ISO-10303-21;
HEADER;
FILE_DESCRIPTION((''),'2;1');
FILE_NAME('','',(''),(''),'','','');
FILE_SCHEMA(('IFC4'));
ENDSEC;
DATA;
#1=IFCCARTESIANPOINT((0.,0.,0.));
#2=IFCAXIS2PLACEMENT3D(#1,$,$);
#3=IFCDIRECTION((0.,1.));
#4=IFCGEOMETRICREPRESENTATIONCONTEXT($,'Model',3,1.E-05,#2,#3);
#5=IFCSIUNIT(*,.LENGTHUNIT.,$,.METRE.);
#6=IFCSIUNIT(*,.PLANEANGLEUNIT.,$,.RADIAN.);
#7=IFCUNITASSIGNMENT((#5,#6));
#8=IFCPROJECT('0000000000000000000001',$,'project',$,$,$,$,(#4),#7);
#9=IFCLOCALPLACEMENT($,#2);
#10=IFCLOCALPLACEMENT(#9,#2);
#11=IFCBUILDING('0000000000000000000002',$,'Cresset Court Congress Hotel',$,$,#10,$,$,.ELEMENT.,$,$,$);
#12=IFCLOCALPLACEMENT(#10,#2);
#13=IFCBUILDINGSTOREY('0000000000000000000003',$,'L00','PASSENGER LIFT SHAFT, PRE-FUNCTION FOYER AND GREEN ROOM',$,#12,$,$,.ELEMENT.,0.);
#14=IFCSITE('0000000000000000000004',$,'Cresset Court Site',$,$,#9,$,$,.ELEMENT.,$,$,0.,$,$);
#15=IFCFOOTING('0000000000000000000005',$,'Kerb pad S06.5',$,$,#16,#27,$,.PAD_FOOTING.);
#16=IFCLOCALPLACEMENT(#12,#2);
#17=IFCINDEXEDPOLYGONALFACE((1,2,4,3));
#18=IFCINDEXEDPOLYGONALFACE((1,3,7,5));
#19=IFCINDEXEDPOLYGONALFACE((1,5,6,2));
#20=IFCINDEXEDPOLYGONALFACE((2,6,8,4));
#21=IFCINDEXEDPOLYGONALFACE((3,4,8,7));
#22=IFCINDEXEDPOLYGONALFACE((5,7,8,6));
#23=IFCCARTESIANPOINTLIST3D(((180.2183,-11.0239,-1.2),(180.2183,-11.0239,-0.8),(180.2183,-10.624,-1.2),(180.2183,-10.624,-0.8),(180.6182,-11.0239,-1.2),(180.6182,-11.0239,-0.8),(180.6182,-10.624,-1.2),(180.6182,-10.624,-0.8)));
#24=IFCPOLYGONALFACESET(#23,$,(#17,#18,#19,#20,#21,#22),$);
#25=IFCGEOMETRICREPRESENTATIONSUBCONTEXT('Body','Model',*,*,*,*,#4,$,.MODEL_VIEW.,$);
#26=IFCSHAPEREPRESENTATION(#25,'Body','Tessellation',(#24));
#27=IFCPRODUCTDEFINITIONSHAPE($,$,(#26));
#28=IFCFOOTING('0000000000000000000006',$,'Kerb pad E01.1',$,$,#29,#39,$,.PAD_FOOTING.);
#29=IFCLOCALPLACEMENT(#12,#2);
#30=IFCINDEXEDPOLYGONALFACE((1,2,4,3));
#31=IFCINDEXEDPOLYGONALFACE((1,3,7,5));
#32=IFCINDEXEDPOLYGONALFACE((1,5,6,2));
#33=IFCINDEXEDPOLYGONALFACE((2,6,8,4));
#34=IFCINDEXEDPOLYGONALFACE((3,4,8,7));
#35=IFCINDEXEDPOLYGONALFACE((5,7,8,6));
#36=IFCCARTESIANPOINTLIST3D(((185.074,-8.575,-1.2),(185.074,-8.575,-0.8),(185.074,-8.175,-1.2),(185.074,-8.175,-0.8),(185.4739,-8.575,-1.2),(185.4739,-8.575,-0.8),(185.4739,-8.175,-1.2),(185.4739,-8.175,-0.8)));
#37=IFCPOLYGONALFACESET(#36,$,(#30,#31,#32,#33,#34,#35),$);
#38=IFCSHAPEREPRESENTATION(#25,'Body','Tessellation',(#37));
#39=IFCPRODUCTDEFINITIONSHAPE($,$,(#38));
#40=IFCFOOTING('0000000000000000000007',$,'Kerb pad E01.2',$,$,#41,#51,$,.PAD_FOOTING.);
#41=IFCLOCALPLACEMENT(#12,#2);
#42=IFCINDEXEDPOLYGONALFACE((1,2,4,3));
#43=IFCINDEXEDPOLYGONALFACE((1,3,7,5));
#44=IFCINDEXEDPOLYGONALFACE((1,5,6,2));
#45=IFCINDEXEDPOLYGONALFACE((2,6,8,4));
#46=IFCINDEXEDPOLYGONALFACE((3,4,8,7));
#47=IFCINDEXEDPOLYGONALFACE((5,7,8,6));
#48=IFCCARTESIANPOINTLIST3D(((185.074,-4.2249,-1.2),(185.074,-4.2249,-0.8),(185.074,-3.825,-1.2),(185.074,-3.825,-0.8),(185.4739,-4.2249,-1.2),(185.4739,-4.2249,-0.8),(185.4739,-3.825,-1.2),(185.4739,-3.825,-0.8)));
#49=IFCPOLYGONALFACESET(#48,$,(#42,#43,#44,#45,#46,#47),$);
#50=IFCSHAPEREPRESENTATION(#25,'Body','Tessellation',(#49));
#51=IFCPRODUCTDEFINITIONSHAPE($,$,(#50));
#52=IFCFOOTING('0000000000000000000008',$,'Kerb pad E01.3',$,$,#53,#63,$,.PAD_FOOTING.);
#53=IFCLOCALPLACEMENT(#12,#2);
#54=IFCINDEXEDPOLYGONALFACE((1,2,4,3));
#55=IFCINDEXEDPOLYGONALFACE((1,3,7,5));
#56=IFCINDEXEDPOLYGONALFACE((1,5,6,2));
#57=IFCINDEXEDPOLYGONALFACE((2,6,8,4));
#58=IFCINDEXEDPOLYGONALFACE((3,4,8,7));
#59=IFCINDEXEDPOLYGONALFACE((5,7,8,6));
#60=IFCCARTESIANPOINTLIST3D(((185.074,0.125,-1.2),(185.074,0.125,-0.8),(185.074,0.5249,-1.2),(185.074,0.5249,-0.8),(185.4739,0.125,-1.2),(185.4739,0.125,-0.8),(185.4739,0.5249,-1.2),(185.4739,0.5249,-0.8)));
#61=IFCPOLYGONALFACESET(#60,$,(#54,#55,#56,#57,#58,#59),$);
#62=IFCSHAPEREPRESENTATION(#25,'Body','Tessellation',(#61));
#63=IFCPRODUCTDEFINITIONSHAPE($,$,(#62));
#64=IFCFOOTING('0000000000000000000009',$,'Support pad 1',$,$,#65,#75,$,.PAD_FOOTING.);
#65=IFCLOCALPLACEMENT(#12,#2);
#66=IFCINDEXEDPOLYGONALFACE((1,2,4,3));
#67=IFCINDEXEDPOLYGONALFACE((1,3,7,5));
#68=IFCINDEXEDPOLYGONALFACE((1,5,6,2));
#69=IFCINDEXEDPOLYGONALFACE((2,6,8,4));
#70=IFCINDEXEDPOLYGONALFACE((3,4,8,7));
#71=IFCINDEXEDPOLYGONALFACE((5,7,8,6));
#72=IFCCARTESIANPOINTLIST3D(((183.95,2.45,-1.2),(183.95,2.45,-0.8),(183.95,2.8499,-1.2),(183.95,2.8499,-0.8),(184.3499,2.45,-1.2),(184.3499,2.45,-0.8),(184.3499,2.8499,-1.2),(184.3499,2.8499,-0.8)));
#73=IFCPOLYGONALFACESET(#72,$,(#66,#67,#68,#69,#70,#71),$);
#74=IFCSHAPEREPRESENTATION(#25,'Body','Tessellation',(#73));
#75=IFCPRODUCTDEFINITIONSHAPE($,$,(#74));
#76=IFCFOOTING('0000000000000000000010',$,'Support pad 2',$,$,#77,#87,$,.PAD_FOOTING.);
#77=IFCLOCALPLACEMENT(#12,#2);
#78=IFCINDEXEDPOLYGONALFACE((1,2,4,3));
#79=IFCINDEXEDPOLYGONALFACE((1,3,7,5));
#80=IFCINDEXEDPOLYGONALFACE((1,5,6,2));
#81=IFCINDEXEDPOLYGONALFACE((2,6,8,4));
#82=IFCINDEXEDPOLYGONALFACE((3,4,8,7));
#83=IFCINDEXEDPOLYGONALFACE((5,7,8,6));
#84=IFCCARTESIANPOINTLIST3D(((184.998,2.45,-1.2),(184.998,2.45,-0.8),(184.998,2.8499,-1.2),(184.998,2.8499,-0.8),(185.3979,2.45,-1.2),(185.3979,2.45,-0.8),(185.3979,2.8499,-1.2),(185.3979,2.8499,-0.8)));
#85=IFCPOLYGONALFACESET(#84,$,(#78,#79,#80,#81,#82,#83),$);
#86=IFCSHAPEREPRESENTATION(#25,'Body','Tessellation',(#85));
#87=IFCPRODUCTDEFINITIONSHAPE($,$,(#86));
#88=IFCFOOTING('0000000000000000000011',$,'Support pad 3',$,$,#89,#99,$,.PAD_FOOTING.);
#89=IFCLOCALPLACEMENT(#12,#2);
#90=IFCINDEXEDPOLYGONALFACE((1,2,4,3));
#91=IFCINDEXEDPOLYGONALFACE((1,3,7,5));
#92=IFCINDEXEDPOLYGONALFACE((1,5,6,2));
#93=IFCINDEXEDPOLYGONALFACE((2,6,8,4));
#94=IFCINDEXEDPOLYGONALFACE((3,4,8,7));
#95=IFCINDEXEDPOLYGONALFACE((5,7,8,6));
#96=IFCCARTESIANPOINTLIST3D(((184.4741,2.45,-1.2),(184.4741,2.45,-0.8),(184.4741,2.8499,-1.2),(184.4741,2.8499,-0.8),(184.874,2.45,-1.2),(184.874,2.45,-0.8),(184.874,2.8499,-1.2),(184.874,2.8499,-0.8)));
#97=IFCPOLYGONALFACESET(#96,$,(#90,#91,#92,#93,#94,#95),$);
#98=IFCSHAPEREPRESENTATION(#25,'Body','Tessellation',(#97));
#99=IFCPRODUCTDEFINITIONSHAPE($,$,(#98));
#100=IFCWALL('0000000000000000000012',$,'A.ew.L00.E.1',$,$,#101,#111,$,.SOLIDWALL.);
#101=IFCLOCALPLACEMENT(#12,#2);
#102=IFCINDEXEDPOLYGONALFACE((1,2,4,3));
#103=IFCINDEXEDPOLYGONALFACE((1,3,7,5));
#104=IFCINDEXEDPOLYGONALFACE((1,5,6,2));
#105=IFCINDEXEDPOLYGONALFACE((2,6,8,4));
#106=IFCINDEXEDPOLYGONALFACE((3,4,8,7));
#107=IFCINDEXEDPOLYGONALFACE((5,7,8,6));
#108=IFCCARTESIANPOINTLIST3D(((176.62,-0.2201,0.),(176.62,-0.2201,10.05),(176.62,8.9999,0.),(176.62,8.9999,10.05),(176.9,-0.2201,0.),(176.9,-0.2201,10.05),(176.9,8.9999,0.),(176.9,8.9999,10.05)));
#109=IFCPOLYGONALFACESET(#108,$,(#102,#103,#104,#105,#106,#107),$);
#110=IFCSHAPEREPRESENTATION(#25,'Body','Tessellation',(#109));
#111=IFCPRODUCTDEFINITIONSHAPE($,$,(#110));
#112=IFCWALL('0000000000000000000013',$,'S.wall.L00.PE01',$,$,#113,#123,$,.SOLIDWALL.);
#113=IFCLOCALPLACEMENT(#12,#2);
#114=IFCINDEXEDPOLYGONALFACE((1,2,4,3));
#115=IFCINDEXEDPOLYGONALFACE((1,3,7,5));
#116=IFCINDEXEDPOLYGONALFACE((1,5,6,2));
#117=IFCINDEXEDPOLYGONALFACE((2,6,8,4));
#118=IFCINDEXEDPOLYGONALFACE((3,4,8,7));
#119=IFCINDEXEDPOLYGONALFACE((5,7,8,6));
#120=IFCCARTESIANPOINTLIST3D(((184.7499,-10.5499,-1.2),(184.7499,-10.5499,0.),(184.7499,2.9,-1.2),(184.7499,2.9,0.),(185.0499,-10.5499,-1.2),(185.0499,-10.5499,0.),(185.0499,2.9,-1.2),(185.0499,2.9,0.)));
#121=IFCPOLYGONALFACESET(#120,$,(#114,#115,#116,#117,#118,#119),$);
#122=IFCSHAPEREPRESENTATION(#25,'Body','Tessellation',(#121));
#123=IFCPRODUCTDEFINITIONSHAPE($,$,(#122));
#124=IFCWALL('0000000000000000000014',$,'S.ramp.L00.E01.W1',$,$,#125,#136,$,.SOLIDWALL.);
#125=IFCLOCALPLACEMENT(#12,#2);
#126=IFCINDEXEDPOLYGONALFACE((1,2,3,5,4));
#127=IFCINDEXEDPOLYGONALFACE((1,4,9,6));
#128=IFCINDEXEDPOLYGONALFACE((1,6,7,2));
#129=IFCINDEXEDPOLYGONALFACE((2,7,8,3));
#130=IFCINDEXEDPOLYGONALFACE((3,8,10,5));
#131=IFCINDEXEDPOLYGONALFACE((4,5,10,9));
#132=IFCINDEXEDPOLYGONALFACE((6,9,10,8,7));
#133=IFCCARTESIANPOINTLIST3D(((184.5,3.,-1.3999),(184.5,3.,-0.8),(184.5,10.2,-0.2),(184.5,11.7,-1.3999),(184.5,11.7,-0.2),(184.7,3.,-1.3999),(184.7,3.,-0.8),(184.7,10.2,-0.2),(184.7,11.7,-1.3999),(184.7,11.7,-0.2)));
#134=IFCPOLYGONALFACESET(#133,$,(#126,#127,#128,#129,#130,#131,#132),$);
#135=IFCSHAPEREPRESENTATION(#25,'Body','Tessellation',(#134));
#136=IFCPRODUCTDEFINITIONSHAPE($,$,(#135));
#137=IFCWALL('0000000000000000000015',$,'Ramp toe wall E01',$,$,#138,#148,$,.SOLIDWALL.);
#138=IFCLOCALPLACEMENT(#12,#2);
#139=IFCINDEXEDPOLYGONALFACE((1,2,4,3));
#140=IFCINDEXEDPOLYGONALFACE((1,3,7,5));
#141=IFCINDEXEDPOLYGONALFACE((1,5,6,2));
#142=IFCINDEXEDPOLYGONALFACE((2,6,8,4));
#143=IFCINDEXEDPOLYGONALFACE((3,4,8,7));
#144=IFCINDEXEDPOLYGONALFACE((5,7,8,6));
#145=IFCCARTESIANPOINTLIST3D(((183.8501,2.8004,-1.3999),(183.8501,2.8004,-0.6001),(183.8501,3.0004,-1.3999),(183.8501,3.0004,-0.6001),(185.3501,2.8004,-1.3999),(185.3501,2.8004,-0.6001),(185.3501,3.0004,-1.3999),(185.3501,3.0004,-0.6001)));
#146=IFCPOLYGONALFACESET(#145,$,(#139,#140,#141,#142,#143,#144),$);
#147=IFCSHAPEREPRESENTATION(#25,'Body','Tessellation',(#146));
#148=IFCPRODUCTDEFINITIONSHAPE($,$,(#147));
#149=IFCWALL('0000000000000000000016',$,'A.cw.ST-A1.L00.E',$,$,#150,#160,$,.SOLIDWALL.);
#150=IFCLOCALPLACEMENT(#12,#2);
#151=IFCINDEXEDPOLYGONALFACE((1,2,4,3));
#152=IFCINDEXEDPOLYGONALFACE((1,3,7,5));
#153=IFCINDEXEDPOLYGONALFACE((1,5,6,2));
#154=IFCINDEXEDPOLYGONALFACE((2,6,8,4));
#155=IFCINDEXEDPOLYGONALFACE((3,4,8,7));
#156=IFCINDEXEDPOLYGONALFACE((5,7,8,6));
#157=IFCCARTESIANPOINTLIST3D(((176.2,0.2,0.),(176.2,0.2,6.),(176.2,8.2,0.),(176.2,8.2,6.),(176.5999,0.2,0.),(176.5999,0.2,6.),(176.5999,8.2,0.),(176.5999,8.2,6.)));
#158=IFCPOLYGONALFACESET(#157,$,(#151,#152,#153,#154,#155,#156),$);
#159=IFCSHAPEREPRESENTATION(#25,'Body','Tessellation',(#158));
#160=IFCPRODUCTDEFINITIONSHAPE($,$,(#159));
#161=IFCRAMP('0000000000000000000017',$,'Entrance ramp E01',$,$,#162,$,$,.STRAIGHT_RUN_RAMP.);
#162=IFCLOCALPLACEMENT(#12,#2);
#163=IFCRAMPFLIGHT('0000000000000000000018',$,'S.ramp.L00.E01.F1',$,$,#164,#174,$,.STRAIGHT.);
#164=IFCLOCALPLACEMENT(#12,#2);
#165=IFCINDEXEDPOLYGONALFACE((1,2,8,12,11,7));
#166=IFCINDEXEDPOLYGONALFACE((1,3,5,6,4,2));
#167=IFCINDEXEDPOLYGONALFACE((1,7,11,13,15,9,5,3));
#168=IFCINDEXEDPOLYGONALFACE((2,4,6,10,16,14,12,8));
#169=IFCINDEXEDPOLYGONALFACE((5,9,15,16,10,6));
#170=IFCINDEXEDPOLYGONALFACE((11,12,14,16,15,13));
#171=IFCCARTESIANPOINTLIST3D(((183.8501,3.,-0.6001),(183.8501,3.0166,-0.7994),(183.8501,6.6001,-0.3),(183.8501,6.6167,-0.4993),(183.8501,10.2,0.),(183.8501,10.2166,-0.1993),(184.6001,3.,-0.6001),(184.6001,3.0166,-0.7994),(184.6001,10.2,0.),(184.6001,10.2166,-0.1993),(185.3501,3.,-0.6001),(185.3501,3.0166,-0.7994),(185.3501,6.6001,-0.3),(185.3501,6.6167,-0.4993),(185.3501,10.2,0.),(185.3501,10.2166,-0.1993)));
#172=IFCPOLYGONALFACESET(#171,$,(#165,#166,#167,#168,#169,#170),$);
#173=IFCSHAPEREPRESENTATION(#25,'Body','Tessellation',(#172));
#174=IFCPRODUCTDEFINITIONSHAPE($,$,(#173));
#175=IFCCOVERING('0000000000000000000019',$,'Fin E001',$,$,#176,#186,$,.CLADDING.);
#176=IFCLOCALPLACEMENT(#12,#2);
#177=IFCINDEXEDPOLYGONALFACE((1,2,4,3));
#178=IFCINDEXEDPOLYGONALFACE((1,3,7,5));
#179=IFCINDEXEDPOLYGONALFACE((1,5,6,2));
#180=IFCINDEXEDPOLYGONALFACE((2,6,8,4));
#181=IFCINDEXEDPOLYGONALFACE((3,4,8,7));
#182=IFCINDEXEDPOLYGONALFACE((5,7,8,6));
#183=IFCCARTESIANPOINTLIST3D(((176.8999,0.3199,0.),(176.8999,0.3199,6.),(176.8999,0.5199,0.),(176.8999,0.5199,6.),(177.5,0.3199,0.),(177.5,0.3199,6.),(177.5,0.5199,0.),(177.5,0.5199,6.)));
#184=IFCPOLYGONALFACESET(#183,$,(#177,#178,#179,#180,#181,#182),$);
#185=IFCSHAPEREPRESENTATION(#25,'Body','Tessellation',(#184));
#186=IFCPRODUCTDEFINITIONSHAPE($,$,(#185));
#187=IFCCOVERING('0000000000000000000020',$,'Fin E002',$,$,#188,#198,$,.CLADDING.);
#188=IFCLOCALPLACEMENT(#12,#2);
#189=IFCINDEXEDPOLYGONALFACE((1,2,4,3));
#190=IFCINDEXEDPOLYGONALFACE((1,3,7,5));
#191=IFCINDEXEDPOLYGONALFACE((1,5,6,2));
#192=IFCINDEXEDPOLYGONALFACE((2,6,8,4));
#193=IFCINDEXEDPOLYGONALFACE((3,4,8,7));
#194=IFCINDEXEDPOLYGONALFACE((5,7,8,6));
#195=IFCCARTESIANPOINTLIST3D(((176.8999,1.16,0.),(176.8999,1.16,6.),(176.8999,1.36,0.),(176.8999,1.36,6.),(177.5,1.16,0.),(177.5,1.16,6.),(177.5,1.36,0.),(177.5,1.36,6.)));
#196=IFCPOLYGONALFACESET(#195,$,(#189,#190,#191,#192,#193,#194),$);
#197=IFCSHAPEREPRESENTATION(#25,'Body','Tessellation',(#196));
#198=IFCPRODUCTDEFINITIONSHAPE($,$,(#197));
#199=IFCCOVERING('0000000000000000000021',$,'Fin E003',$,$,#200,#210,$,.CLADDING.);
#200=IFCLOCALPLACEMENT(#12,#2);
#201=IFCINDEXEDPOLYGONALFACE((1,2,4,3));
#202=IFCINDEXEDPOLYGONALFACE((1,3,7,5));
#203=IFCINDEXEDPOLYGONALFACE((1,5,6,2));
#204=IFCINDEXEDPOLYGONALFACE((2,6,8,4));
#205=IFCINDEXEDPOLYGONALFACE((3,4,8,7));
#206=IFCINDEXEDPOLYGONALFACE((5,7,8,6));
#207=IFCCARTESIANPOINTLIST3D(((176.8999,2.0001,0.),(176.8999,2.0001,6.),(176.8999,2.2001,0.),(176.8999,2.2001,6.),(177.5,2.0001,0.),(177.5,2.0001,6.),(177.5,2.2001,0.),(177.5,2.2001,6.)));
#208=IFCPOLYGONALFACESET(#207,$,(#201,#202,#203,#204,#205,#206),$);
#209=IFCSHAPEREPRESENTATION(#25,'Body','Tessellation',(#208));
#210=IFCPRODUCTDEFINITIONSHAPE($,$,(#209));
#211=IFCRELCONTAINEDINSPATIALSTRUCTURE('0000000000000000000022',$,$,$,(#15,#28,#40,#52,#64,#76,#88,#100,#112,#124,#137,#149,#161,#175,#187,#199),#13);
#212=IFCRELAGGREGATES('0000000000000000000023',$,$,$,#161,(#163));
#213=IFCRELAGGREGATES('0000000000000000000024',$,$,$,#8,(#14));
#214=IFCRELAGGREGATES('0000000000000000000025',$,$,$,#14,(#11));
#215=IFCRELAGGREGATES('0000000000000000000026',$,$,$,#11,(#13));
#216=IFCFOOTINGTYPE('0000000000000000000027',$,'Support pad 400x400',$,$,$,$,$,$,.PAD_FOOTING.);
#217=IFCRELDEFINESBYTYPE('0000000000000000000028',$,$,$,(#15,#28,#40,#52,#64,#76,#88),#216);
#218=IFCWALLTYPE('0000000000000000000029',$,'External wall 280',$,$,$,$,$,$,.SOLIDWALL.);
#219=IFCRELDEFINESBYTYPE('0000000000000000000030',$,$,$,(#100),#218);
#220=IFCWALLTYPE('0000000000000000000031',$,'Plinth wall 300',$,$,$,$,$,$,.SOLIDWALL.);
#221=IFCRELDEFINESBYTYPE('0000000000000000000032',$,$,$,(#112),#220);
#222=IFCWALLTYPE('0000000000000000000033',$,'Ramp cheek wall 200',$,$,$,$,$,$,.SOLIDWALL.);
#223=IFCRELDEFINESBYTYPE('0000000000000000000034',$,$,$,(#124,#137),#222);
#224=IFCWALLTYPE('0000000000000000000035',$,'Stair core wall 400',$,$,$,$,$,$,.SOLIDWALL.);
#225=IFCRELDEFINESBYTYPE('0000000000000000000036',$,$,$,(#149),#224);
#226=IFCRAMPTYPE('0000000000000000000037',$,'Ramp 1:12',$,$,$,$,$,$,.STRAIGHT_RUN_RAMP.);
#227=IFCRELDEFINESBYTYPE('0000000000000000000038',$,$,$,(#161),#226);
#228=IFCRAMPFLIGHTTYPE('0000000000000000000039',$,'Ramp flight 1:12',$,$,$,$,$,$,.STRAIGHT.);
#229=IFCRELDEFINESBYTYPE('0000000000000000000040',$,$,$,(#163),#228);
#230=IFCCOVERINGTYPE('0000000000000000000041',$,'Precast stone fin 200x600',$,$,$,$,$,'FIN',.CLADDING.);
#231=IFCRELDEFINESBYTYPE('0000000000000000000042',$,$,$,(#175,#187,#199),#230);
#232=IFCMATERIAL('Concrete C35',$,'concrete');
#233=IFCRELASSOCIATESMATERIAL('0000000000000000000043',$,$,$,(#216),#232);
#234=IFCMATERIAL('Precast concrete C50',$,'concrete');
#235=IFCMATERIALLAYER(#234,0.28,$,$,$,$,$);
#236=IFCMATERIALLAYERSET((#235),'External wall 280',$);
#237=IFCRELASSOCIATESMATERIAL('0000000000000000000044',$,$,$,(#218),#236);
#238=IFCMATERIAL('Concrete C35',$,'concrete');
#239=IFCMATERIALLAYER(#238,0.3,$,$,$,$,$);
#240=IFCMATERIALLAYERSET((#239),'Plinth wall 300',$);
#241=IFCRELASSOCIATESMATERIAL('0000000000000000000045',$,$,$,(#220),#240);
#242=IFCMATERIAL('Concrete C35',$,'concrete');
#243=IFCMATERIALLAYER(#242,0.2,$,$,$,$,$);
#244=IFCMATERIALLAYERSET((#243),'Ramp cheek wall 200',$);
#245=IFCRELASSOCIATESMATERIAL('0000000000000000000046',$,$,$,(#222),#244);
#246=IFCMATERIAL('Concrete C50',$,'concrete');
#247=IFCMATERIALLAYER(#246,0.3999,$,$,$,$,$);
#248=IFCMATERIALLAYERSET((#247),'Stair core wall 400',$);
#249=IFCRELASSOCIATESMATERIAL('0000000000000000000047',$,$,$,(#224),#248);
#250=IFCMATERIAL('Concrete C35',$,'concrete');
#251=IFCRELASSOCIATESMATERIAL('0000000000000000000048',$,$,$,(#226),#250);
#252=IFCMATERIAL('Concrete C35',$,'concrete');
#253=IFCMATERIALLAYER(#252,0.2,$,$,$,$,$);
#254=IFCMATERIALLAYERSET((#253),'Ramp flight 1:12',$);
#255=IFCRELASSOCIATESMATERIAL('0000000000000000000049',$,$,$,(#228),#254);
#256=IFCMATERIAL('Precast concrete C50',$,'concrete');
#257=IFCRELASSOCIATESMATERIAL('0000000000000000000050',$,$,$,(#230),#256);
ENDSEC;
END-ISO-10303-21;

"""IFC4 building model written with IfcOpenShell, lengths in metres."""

from ifc_helpers import new_model, si_unit, direction, frame, frame_2d, origin, origin_2d, place, context, subcontext, project, spatial, polyline, rectangle, outline, extrude, material, layer, layer_set, type_object, element, aggregate, save


model = new_model("IFC4")

# Units and contexts
model_context = context("Model", 3, precision=1e-05, world=origin(), true_north=direction((0.0, 1.0)))
body_context = subcontext(model_context, "Body", "Model", "MODEL_VIEW")
ifc_project = project(units=[si_unit("LENGTHUNIT", "METRE"), si_unit("PLANEANGLEUNIT", "RADIAN")], contexts=[model_context])

# Site, building, storey
site_placement = place(None, origin())
site = spatial("IfcSite", under=ifc_project, at=site_placement, Name="Cresset Court Site", CompositionType="ELEMENT", RefElevation=0.0)
building_placement = place(site_placement, origin())
building = spatial("IfcBuilding", under=site, at=building_placement, Name="Cresset Court Congress Hotel", CompositionType="ELEMENT")
storey_placement = place(building_placement, origin())
storey = spatial("IfcBuildingStorey", under=building, at=storey_placement, Name="L00", Description="PASSENGER LIFT SHAFT, PRE-FUNCTION FOYER AND GREEN ROOM", CompositionType="ELEMENT", Elevation=0.0)

# Footings
ifc_material_1 = material(Name="Concrete C35", Category="concrete")
footing_type = type_object("IfcFootingType", Name="Support pad 400x400", PredefinedType="PAD_FOOTING", material=ifc_material_1)
for number, where, z_axis, x_axis, name in (
    (1, (180.4182, -10.824, -1.2), (0.0, 0.0, 1.0), (1.0, 0.0, 0.0), "Kerb pad S06.5"),
    (2, (185.2739, -8.375, -1.2), (0.0, 0.0, 1.0), (1.0, 0.0, 0.0), "Kerb pad E01.1"),
    (3, (185.2739, -4.0249, -1.2), (0.0, 0.0, 1.0), (1.0, 0.0, 0.0), "Kerb pad E01.2"),
    (4, (185.2739, 0.325, -1.2), (0.0, 0.0, 1.0), (1.0, 0.0, 0.0), "Kerb pad E01.3"),
    (5, (184.1499, 2.6499, -1.2), (0.0, 0.0, 1.0), (1.0, 0.0, 0.0), "Support pad 1"),
    (6, (185.198, 2.6499, -1.2), (0.0, 0.0, 1.0), (1.0, 0.0, 0.0), "Support pad 2"),
    (7, (184.6741, 2.6499, -1.2), (0.0, 0.0, 1.0), (1.0, 0.0, 0.0), "Support pad 3"),
):
    element("IfcFooting", number, at=place(storey_placement, frame(where, z_axis=z_axis, x_axis=x_axis)), inside=storey, type_object=footing_type, Name=name, PredefinedType="PAD_FOOTING", context=body_context, shape_type="SweptSolid", body=[
        extrude(rectangle(XDim=0.3999, YDim=0.3999, at=origin_2d()), origin(), (0.0, 0.0, 1.0), 0.3999),
    ])

# Walls
ifc_material_2 = material(Name="Precast concrete C50", Category="concrete")
ifc_layer_1 = layer(ifc_material_2, 0.28)
ifc_layer_set_1 = layer_set([ifc_layer_1], Name="External wall 280")
wall_type_1 = type_object("IfcWallType", Name="External wall 280", PredefinedType="SOLIDWALL", material=ifc_layer_set_1)
wall_1_placement = place(storey_placement, frame((176.76, -0.22, 0.0), z_axis=(0.0, 0.0, 1.0), x_axis=(0.0, 1.0, 0.0)))
element("IfcWall", 8, at=wall_1_placement, inside=storey, type_object=wall_type_1, Name="A.ew.L00.E.1", PredefinedType="SOLIDWALL", context=body_context, shape_type="SweptSolid", body=[
    extrude(rectangle(XDim=9.22, YDim=0.28, at=frame_2d((4.6099, 0.0))), origin(), (0.0, 0.0, 1.0), 10.05),
])
ifc_material_3 = material(Name="Concrete C35", Category="concrete")
ifc_layer_2 = layer(ifc_material_3, 0.3)
ifc_layer_set_2 = layer_set([ifc_layer_2], Name="Plinth wall 300")
wall_type_2 = type_object("IfcWallType", Name="Plinth wall 300", PredefinedType="SOLIDWALL", material=ifc_layer_set_2)
wall_2_placement = place(storey_placement, frame((184.8999, -10.55, -1.2), z_axis=(0.0, 0.0, 1.0), x_axis=(0.0, 1.0, 0.0)))
element("IfcWall", 9, at=wall_2_placement, inside=storey, type_object=wall_type_2, Name="S.wall.L00.PE01", PredefinedType="SOLIDWALL", context=body_context, shape_type="SweptSolid", body=[
    extrude(rectangle(XDim=13.45, YDim=0.3, at=frame_2d((6.7251, 0.0))), origin(), (0.0, 0.0, 1.0), 1.2),
])
ifc_material_4 = material(Name="Concrete C35", Category="concrete")
ifc_layer_3 = layer(ifc_material_4, 0.2)
ifc_layer_set_3 = layer_set([ifc_layer_3], Name="Ramp cheek wall 200")
wall_type_3 = type_object("IfcWallType", Name="Ramp cheek wall 200", PredefinedType="SOLIDWALL", material=ifc_layer_set_3)
wall_3_placement = place(storey_placement, frame((184.6001, 3.0, -1.3999), z_axis=(0.0, 0.0, 1.0), x_axis=(0.0, 1.0, 0.0)))
element("IfcWall", 10, at=wall_3_placement, inside=storey, type_object=wall_type_3, Name="S.ramp.L00.E01.W1", PredefinedType="SOLIDWALL", context=body_context, shape_type="SweptSolid", body=[
    extrude(outline(polyline([(0.0, 0.0), (8.7, 0.0), (8.7, 1.2), (7.2, 1.2), (0.0, 0.5999), (0.0, 0.0)])), frame((0.0, 0.1001, 0.0), z_axis=(0.0, -1.0, 0.0), x_axis=(1.0, 0.0, 0.0)), (0.0, 0.0, 1.0), 0.2),
])
wall_4_placement = place(storey_placement, frame((183.8501, 2.9004, -1.3999), z_axis=(0.0, 0.0, 1.0), x_axis=(1.0, 0.0, 0.0)))
element("IfcWall", 11, at=wall_4_placement, inside=storey, type_object=wall_type_3, Name="Ramp toe wall E01", PredefinedType="SOLIDWALL", context=body_context, shape_type="SweptSolid", body=[
    extrude(rectangle(XDim=1.5, YDim=0.2, at=frame_2d((0.75, 0.0))), origin(), (0.0, 0.0, 1.0), 0.7998),
])
ifc_material_5 = material(Name="Concrete C50", Category="concrete")
ifc_layer_4 = layer(ifc_material_5, 0.3999)
ifc_layer_set_4 = layer_set([ifc_layer_4], Name="Stair core wall 400")
wall_type_4 = type_object("IfcWallType", Name="Stair core wall 400", PredefinedType="SOLIDWALL", material=ifc_layer_set_4)
wall_5_placement = place(storey_placement, frame((176.3999, 0.2, 0.0), z_axis=(0.0, 0.0, 1.0), x_axis=(0.0, 1.0, 0.0)))
element("IfcWall", 12, at=wall_5_placement, inside=storey, type_object=wall_type_4, Name="A.cw.ST-A1.L00.E", PredefinedType="SOLIDWALL", context=body_context, shape_type="SweptSolid", body=[
    extrude(rectangle(XDim=8.0, YDim=0.3999, at=frame_2d((4.0, 0.0))), origin(), (0.0, 0.0, 1.0), 6.0),
])

# Ramp, ramp flight
ifc_material_6 = material(Name="Concrete C35", Category="concrete")
ramp_type = type_object("IfcRampType", Name="Ramp 1:12", PredefinedType="STRAIGHT_RUN_RAMP", material=ifc_material_6)
ramp_placement = place(storey_placement, origin())
ramp = element("IfcRamp", 13, at=ramp_placement, inside=storey, type_object=ramp_type, Name="Entrance ramp E01", PredefinedType="STRAIGHT_RUN_RAMP")
ifc_material_7 = material(Name="Concrete C35", Category="concrete")
ifc_layer_5 = layer(ifc_material_7, 0.2)
ifc_layer_set_5 = layer_set([ifc_layer_5], Name="Ramp flight 1:12")
ramp_flight_type = type_object("IfcRampFlightType", Name="Ramp flight 1:12", PredefinedType="STRAIGHT", material=ifc_layer_set_5)
ramp_flight_placement = place(storey_placement, frame((183.8501, 3.0, -0.6001), z_axis=(0.0, -0.083059, 0.996545), x_axis=(1.0, 0.0, 0.0)))
ramp_flight = element("IfcRampFlight", 14, at=ramp_flight_placement, type_object=ramp_flight_type, Name="S.ramp.L00.E01.F1", PredefinedType="STRAIGHT", context=body_context, shape_type="SweptSolid", body=[
    extrude(outline(polyline([(0.0, 0.0), (0.75, 0.0), (1.5, 0.0), (1.5, 3.6126), (1.5, 7.2249), (0.75, 7.2249), (0.0, 7.2249), (0.0, 3.6126), (0.0, 0.0)])), origin(), (0.0, 0.0, -1.0), 0.2),
])
aggregate(ramp, [ramp_flight])

# Coverings
ifc_material_8 = material(Name="Precast concrete C50", Category="concrete")
covering_type_1 = type_object("IfcCoveringType", Name="Precast stone fin 200x600", ElementType="FIN", PredefinedType="CLADDING", material=ifc_material_8)
for number, where, z_axis, x_axis, name in (
    (15, (177.2, 0.4199, 0.0), (0.0, 0.0, 1.0), (1.0, 0.0, 0.0), "Fin E001"),
    (16, (177.2, 1.26, 0.0), (0.0, 0.0, 1.0), (1.0, 0.0, 0.0), "Fin E002"),
    (17, (177.2, 2.1001, 0.0), (0.0, 0.0, 1.0), (1.0, 0.0, 0.0), "Fin E003"),
):
    element("IfcCovering", number, at=place(storey_placement, frame(where, z_axis=z_axis, x_axis=x_axis)), inside=storey, type_object=covering_type_1, Name=name, PredefinedType="CLADDING", context=body_context, shape_type="SweptSolid", body=[
        extrude(rectangle(XDim=0.6001, YDim=0.2, at=origin_2d()), origin(), (0.0, 0.0, 1.0), 6.0),
    ])

save(model, "model.ifc")
